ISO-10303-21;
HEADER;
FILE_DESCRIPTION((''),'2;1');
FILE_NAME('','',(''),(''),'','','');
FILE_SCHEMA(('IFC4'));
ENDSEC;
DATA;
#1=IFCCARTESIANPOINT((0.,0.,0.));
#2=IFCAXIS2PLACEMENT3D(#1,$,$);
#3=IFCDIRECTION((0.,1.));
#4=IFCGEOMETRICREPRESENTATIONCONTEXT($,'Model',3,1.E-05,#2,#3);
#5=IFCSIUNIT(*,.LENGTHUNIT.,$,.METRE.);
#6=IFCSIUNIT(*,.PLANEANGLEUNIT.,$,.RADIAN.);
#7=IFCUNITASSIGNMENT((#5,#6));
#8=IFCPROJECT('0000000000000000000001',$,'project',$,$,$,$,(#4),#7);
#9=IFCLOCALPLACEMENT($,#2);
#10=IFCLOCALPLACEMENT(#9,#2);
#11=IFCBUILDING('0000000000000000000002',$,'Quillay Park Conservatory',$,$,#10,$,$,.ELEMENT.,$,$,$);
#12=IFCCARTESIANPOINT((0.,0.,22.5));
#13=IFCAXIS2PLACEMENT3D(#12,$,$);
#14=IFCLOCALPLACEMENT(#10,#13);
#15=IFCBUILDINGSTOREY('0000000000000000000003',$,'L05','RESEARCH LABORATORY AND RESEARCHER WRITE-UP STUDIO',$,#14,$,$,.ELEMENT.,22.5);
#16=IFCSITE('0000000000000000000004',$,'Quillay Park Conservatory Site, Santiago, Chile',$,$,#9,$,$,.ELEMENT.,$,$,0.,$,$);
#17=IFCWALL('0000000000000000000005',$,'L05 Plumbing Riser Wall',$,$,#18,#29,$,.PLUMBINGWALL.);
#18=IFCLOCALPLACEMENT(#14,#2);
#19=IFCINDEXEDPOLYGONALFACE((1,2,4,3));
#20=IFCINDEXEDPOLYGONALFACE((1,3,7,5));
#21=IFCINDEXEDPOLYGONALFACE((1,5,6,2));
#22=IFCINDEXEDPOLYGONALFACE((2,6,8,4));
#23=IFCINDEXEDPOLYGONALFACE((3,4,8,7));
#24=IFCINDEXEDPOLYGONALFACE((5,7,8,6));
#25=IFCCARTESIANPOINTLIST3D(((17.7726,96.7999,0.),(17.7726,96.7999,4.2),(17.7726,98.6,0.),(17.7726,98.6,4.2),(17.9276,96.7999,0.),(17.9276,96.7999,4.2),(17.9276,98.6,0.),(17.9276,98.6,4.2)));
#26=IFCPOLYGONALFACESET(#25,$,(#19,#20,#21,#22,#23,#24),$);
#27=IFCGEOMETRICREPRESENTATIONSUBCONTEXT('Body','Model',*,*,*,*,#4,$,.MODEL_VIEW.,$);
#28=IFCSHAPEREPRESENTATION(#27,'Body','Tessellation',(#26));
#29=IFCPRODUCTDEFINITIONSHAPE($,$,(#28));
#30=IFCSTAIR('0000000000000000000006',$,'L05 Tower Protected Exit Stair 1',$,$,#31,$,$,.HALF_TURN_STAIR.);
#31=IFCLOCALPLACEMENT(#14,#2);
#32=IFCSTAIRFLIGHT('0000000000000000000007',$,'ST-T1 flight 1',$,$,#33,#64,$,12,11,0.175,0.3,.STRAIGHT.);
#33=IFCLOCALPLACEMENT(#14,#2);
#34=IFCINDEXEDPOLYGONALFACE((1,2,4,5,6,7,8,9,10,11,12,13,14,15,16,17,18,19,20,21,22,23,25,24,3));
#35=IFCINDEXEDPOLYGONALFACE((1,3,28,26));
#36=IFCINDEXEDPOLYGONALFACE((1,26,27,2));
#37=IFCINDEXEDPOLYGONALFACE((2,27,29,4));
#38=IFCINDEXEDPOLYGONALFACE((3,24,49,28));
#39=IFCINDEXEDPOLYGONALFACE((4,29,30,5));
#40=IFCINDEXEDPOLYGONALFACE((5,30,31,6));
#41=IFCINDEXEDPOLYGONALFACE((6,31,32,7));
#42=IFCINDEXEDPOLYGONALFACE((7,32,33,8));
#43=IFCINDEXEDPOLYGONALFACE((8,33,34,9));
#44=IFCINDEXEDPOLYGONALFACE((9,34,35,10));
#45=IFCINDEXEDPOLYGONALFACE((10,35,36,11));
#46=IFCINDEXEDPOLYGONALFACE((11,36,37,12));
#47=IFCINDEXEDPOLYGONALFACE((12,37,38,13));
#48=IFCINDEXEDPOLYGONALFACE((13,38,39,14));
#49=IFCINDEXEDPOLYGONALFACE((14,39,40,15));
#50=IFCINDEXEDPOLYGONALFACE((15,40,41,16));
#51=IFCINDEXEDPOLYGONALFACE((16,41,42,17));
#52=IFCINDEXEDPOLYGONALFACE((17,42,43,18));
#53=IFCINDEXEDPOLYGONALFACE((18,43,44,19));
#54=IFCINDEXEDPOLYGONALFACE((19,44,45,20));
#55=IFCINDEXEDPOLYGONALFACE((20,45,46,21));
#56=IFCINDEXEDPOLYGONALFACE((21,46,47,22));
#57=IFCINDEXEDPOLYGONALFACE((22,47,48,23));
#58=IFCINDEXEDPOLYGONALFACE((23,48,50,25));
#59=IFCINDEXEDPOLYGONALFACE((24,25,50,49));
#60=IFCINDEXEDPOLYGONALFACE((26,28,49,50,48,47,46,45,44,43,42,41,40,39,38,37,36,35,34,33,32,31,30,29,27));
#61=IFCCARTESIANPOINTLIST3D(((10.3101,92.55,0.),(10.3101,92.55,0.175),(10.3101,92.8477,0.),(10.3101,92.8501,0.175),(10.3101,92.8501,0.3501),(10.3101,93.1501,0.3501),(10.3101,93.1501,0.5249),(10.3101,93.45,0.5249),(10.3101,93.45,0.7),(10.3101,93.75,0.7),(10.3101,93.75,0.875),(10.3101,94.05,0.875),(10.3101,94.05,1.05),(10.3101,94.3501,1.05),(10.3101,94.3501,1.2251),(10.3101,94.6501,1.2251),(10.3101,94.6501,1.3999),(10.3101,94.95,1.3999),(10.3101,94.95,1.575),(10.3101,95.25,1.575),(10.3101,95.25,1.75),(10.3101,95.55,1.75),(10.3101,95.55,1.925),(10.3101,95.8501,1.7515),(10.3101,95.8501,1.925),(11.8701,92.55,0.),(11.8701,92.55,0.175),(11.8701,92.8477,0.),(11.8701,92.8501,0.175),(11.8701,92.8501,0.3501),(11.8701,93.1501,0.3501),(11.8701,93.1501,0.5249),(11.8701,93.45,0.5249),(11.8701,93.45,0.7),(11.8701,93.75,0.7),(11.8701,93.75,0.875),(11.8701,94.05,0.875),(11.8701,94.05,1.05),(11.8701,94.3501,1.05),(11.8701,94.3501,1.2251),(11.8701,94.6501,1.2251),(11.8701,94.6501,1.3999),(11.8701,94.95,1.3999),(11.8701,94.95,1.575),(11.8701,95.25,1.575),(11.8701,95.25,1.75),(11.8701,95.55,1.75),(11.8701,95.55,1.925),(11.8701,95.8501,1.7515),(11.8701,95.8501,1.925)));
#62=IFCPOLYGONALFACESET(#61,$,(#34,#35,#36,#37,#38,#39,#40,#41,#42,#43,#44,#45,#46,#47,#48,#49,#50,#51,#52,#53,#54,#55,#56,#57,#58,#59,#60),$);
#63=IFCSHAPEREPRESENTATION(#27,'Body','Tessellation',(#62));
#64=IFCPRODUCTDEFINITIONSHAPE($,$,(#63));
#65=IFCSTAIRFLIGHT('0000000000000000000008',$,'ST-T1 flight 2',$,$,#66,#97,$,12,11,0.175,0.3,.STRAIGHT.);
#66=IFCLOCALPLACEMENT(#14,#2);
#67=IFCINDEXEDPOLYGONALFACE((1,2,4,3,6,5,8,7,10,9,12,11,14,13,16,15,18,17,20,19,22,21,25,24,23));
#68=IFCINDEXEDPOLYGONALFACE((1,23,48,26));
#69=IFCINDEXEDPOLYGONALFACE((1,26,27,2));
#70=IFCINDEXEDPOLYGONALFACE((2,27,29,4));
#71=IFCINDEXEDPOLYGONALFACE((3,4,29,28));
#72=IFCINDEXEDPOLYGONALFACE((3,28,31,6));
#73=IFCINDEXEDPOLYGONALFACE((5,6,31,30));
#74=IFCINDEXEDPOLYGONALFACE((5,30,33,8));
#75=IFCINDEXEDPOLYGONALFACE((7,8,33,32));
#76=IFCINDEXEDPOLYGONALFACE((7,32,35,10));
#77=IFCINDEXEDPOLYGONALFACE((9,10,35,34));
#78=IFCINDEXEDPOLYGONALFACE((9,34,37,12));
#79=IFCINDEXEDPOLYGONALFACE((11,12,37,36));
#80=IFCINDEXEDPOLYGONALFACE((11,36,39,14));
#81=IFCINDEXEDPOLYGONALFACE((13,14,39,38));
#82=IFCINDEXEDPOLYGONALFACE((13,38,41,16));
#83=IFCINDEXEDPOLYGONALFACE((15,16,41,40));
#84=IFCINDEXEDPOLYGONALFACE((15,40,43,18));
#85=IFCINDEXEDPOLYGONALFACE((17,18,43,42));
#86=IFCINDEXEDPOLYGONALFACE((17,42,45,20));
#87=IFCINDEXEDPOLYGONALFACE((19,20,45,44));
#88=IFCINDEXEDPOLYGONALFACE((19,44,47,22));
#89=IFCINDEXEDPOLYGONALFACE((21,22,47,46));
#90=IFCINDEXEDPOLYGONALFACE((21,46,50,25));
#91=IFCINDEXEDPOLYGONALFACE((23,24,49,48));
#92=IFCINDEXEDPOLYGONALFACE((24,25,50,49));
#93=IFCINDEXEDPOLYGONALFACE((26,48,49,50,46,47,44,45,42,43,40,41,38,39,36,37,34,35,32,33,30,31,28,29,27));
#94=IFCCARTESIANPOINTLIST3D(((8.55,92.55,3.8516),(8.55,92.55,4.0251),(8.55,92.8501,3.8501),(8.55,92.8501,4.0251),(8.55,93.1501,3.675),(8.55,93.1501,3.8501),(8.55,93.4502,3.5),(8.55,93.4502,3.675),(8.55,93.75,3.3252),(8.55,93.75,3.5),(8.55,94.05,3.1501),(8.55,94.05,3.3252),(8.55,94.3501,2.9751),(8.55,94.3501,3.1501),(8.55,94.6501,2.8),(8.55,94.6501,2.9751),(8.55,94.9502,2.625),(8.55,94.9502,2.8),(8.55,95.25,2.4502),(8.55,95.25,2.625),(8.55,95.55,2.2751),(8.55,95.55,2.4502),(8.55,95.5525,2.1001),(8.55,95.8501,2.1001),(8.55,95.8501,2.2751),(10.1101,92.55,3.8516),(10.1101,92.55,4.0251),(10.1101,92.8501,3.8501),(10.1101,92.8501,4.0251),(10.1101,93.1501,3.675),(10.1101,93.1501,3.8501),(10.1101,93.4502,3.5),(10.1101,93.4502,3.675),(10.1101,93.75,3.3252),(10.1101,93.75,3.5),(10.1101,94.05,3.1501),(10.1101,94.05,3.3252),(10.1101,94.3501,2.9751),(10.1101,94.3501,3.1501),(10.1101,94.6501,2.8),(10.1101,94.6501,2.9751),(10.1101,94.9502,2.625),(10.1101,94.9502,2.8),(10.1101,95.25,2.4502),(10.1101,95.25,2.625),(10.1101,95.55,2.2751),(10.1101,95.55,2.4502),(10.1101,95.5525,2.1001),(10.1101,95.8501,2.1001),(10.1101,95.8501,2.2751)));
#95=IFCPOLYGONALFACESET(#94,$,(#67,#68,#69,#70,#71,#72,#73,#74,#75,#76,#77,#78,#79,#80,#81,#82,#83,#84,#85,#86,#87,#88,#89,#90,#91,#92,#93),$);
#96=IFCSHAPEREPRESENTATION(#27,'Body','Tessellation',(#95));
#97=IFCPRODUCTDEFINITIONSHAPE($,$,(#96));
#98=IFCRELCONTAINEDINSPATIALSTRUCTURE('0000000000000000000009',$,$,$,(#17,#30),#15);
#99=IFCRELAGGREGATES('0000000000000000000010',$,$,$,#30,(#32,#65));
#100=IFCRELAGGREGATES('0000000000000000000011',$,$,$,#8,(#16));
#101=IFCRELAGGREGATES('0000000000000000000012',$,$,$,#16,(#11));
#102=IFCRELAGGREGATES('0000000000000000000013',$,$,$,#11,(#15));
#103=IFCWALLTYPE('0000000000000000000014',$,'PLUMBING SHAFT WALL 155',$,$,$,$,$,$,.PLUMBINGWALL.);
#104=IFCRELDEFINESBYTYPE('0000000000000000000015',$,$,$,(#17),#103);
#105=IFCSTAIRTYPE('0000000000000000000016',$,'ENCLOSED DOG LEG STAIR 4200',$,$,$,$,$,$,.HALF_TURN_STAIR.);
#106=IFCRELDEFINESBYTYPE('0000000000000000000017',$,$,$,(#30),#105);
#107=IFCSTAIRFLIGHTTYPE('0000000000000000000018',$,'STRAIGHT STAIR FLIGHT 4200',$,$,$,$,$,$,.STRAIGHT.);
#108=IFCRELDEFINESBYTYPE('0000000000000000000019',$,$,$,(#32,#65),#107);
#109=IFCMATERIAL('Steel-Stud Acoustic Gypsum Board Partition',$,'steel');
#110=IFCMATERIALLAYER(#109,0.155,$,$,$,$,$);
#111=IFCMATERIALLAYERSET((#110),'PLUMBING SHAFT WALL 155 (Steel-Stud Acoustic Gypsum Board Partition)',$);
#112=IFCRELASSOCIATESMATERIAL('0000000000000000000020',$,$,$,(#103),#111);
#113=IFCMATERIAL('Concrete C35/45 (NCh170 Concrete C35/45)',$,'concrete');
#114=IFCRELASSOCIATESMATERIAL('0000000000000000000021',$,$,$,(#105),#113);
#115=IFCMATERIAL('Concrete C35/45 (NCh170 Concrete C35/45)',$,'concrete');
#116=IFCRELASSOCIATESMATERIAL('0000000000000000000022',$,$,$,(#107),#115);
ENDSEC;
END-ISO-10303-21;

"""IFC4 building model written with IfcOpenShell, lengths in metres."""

from ifc_helpers import new_model, si_unit, direction, frame, frame_2d, origin, place, context, subcontext, project, spatial, polyline, rectangle, outline, extrude, material, layer, layer_set, type_object, element, aggregate, save


model = new_model("IFC4")

# Units and contexts
model_context = context("Model", 3, precision=1e-05, world=origin(), true_north=direction((0.0, 1.0)))
body_context = subcontext(model_context, "Body", "Model", "MODEL_VIEW")
ifc_project = project(units=[si_unit("LENGTHUNIT", "METRE"), si_unit("PLANEANGLEUNIT", "RADIAN")], contexts=[model_context])

# Site, building, storey
site_placement = place(None, origin())
site = spatial("IfcSite", under=ifc_project, at=site_placement, Name="Quillay Park Conservatory Site, Santiago, Chile", CompositionType="ELEMENT", RefElevation=0.0)
building_placement = place(site_placement, origin())
building = spatial("IfcBuilding", under=site, at=building_placement, Name="Quillay Park Conservatory", CompositionType="ELEMENT")
storey_placement = place(building_placement, frame((0.0, 0.0, 22.5)))
storey = spatial("IfcBuildingStorey", under=building, at=storey_placement, Name="L05", Description="RESEARCH LABORATORY AND RESEARCHER WRITE-UP STUDIO", CompositionType="ELEMENT", Elevation=22.5)

# Wall
ifc_material_1 = material(Name="Steel-Stud Acoustic Gypsum Board Partition", Category="steel")
ifc_layer_1 = layer(ifc_material_1, 0.155)
ifc_layer_set_1 = layer_set([ifc_layer_1], Name="PLUMBING SHAFT WALL 155 (Steel-Stud Acoustic Gypsum Board Partition)")
wall_type_1 = type_object("IfcWallType", Name="PLUMBING SHAFT WALL 155", PredefinedType="PLUMBINGWALL", material=ifc_layer_set_1)
wall_1_placement = place(storey_placement, frame((17.8501, 96.8, 0.0), z_axis=(0.0, 0.0, 1.0), x_axis=(0.0, 1.0, 0.0)))
element("IfcWall", 1, at=wall_1_placement, inside=storey, type_object=wall_type_1, Name="L05 Plumbing Riser Wall", PredefinedType="PLUMBINGWALL", context=body_context, shape_type="SweptSolid", body=[
    extrude(rectangle(XDim=1.8, YDim=0.155, at=frame_2d((0.8999, 0.0))), origin(), (0.0, 0.0, 1.0), 4.2),
])

# Stair, stair flights
ifc_material_2 = material(Name="Concrete C35/45 (NCh170 Concrete C35/45)", Category="concrete")
stair_type = type_object("IfcStairType", Name="ENCLOSED DOG LEG STAIR 4200", PredefinedType="HALF_TURN_STAIR", material=ifc_material_2)
stair_placement = place(storey_placement, origin())
stair = element("IfcStair", 2, at=stair_placement, inside=storey, type_object=stair_type, Name="L05 Tower Protected Exit Stair 1", PredefinedType="HALF_TURN_STAIR")
ifc_material_3 = material(Name="Concrete C35/45 (NCh170 Concrete C35/45)", Category="concrete")
stair_flight_type = type_object("IfcStairFlightType", Name="STRAIGHT STAIR FLIGHT 4200", PredefinedType="STRAIGHT", material=ifc_material_3)
stair_flight_1_placement = place(storey_placement, frame((11.0901, 92.55, 0.0), z_axis=(0.0, 0.0, 1.0), x_axis=(0.0, 1.0, 0.0)))
stair_flight_1 = element("IfcStairFlight", 3, at=stair_flight_1_placement, type_object=stair_flight_type, Name="ST-T1 flight 1", NumberOfRisers=12, NumberOfTreads=11, PredefinedType="STRAIGHT", RiserHeight=0.175, TreadLength=0.3, context=body_context, shape_type="SweptSolid", body=[
    extrude(outline(polyline([(0.0, 0.0), (0.0, 0.175), (0.3, 0.175), (0.3, 0.3501), (0.6001, 0.3501), (0.6001, 0.5249), (0.8999, 0.5249), (0.8999, 0.7), (1.2, 0.7), (1.2, 0.875), (1.5, 0.875), (1.5, 1.05), (1.8, 1.05), (1.8, 1.2251), (2.1001, 1.2251), (2.1001, 1.3999), (2.3999, 1.3999), (2.3999, 1.575), (2.7, 1.575), (2.7, 1.75), (3.0, 1.75), (3.0, 1.925), (3.3, 1.925), (3.3, 2.1001), (3.3, 1.7515), (0.2976, 0.0), (0.0, 0.0)])), frame((0.0, 0.78, 0.0), z_axis=(0.0, -1.0, 0.0), x_axis=(1.0, 0.0, 0.0)), (0.0, 0.0, 1.0), 1.5601),
])
stair_flight_2_placement = place(storey_placement, frame((9.3301, 95.8501, 2.1001), z_axis=(0.0, 0.0, 1.0), x_axis=(0.0, -1.0, 0.0)))
stair_flight_2 = element("IfcStairFlight", 4, at=stair_flight_2_placement, type_object=stair_flight_type, Name="ST-T1 flight 2", NumberOfRisers=12, NumberOfTreads=11, PredefinedType="STRAIGHT", RiserHeight=0.175, TreadLength=0.3, context=body_context, shape_type="SweptSolid", body=[
    extrude(outline(polyline([(0.0, 0.0), (0.0, 0.175), (0.3, 0.175), (0.3, 0.3501), (0.6001, 0.3501), (0.6001, 0.5249), (0.8999, 0.5249), (0.8999, 0.7), (1.2, 0.7), (1.2, 0.875), (1.5, 0.875), (1.5, 1.05), (1.8, 1.05), (1.8, 1.2251), (2.1001, 1.2251), (2.1001, 1.3999), (2.3999, 1.3999), (2.3999, 1.575), (2.7, 1.575), (2.7, 1.75), (3.0, 1.75), (3.0, 1.925), (3.3, 1.925), (3.3, 2.1001), (3.3, 1.7515), (0.2976, 0.0), (0.0, 0.0)])), frame((0.0, 0.78, 0.0), z_axis=(0.0, -1.0, 0.0), x_axis=(1.0, 0.0, 0.0)), (0.0, 0.0, 1.0), 1.5601),
])
aggregate(stair, [stair_flight_1, stair_flight_2])

save(model, "model.ifc")
